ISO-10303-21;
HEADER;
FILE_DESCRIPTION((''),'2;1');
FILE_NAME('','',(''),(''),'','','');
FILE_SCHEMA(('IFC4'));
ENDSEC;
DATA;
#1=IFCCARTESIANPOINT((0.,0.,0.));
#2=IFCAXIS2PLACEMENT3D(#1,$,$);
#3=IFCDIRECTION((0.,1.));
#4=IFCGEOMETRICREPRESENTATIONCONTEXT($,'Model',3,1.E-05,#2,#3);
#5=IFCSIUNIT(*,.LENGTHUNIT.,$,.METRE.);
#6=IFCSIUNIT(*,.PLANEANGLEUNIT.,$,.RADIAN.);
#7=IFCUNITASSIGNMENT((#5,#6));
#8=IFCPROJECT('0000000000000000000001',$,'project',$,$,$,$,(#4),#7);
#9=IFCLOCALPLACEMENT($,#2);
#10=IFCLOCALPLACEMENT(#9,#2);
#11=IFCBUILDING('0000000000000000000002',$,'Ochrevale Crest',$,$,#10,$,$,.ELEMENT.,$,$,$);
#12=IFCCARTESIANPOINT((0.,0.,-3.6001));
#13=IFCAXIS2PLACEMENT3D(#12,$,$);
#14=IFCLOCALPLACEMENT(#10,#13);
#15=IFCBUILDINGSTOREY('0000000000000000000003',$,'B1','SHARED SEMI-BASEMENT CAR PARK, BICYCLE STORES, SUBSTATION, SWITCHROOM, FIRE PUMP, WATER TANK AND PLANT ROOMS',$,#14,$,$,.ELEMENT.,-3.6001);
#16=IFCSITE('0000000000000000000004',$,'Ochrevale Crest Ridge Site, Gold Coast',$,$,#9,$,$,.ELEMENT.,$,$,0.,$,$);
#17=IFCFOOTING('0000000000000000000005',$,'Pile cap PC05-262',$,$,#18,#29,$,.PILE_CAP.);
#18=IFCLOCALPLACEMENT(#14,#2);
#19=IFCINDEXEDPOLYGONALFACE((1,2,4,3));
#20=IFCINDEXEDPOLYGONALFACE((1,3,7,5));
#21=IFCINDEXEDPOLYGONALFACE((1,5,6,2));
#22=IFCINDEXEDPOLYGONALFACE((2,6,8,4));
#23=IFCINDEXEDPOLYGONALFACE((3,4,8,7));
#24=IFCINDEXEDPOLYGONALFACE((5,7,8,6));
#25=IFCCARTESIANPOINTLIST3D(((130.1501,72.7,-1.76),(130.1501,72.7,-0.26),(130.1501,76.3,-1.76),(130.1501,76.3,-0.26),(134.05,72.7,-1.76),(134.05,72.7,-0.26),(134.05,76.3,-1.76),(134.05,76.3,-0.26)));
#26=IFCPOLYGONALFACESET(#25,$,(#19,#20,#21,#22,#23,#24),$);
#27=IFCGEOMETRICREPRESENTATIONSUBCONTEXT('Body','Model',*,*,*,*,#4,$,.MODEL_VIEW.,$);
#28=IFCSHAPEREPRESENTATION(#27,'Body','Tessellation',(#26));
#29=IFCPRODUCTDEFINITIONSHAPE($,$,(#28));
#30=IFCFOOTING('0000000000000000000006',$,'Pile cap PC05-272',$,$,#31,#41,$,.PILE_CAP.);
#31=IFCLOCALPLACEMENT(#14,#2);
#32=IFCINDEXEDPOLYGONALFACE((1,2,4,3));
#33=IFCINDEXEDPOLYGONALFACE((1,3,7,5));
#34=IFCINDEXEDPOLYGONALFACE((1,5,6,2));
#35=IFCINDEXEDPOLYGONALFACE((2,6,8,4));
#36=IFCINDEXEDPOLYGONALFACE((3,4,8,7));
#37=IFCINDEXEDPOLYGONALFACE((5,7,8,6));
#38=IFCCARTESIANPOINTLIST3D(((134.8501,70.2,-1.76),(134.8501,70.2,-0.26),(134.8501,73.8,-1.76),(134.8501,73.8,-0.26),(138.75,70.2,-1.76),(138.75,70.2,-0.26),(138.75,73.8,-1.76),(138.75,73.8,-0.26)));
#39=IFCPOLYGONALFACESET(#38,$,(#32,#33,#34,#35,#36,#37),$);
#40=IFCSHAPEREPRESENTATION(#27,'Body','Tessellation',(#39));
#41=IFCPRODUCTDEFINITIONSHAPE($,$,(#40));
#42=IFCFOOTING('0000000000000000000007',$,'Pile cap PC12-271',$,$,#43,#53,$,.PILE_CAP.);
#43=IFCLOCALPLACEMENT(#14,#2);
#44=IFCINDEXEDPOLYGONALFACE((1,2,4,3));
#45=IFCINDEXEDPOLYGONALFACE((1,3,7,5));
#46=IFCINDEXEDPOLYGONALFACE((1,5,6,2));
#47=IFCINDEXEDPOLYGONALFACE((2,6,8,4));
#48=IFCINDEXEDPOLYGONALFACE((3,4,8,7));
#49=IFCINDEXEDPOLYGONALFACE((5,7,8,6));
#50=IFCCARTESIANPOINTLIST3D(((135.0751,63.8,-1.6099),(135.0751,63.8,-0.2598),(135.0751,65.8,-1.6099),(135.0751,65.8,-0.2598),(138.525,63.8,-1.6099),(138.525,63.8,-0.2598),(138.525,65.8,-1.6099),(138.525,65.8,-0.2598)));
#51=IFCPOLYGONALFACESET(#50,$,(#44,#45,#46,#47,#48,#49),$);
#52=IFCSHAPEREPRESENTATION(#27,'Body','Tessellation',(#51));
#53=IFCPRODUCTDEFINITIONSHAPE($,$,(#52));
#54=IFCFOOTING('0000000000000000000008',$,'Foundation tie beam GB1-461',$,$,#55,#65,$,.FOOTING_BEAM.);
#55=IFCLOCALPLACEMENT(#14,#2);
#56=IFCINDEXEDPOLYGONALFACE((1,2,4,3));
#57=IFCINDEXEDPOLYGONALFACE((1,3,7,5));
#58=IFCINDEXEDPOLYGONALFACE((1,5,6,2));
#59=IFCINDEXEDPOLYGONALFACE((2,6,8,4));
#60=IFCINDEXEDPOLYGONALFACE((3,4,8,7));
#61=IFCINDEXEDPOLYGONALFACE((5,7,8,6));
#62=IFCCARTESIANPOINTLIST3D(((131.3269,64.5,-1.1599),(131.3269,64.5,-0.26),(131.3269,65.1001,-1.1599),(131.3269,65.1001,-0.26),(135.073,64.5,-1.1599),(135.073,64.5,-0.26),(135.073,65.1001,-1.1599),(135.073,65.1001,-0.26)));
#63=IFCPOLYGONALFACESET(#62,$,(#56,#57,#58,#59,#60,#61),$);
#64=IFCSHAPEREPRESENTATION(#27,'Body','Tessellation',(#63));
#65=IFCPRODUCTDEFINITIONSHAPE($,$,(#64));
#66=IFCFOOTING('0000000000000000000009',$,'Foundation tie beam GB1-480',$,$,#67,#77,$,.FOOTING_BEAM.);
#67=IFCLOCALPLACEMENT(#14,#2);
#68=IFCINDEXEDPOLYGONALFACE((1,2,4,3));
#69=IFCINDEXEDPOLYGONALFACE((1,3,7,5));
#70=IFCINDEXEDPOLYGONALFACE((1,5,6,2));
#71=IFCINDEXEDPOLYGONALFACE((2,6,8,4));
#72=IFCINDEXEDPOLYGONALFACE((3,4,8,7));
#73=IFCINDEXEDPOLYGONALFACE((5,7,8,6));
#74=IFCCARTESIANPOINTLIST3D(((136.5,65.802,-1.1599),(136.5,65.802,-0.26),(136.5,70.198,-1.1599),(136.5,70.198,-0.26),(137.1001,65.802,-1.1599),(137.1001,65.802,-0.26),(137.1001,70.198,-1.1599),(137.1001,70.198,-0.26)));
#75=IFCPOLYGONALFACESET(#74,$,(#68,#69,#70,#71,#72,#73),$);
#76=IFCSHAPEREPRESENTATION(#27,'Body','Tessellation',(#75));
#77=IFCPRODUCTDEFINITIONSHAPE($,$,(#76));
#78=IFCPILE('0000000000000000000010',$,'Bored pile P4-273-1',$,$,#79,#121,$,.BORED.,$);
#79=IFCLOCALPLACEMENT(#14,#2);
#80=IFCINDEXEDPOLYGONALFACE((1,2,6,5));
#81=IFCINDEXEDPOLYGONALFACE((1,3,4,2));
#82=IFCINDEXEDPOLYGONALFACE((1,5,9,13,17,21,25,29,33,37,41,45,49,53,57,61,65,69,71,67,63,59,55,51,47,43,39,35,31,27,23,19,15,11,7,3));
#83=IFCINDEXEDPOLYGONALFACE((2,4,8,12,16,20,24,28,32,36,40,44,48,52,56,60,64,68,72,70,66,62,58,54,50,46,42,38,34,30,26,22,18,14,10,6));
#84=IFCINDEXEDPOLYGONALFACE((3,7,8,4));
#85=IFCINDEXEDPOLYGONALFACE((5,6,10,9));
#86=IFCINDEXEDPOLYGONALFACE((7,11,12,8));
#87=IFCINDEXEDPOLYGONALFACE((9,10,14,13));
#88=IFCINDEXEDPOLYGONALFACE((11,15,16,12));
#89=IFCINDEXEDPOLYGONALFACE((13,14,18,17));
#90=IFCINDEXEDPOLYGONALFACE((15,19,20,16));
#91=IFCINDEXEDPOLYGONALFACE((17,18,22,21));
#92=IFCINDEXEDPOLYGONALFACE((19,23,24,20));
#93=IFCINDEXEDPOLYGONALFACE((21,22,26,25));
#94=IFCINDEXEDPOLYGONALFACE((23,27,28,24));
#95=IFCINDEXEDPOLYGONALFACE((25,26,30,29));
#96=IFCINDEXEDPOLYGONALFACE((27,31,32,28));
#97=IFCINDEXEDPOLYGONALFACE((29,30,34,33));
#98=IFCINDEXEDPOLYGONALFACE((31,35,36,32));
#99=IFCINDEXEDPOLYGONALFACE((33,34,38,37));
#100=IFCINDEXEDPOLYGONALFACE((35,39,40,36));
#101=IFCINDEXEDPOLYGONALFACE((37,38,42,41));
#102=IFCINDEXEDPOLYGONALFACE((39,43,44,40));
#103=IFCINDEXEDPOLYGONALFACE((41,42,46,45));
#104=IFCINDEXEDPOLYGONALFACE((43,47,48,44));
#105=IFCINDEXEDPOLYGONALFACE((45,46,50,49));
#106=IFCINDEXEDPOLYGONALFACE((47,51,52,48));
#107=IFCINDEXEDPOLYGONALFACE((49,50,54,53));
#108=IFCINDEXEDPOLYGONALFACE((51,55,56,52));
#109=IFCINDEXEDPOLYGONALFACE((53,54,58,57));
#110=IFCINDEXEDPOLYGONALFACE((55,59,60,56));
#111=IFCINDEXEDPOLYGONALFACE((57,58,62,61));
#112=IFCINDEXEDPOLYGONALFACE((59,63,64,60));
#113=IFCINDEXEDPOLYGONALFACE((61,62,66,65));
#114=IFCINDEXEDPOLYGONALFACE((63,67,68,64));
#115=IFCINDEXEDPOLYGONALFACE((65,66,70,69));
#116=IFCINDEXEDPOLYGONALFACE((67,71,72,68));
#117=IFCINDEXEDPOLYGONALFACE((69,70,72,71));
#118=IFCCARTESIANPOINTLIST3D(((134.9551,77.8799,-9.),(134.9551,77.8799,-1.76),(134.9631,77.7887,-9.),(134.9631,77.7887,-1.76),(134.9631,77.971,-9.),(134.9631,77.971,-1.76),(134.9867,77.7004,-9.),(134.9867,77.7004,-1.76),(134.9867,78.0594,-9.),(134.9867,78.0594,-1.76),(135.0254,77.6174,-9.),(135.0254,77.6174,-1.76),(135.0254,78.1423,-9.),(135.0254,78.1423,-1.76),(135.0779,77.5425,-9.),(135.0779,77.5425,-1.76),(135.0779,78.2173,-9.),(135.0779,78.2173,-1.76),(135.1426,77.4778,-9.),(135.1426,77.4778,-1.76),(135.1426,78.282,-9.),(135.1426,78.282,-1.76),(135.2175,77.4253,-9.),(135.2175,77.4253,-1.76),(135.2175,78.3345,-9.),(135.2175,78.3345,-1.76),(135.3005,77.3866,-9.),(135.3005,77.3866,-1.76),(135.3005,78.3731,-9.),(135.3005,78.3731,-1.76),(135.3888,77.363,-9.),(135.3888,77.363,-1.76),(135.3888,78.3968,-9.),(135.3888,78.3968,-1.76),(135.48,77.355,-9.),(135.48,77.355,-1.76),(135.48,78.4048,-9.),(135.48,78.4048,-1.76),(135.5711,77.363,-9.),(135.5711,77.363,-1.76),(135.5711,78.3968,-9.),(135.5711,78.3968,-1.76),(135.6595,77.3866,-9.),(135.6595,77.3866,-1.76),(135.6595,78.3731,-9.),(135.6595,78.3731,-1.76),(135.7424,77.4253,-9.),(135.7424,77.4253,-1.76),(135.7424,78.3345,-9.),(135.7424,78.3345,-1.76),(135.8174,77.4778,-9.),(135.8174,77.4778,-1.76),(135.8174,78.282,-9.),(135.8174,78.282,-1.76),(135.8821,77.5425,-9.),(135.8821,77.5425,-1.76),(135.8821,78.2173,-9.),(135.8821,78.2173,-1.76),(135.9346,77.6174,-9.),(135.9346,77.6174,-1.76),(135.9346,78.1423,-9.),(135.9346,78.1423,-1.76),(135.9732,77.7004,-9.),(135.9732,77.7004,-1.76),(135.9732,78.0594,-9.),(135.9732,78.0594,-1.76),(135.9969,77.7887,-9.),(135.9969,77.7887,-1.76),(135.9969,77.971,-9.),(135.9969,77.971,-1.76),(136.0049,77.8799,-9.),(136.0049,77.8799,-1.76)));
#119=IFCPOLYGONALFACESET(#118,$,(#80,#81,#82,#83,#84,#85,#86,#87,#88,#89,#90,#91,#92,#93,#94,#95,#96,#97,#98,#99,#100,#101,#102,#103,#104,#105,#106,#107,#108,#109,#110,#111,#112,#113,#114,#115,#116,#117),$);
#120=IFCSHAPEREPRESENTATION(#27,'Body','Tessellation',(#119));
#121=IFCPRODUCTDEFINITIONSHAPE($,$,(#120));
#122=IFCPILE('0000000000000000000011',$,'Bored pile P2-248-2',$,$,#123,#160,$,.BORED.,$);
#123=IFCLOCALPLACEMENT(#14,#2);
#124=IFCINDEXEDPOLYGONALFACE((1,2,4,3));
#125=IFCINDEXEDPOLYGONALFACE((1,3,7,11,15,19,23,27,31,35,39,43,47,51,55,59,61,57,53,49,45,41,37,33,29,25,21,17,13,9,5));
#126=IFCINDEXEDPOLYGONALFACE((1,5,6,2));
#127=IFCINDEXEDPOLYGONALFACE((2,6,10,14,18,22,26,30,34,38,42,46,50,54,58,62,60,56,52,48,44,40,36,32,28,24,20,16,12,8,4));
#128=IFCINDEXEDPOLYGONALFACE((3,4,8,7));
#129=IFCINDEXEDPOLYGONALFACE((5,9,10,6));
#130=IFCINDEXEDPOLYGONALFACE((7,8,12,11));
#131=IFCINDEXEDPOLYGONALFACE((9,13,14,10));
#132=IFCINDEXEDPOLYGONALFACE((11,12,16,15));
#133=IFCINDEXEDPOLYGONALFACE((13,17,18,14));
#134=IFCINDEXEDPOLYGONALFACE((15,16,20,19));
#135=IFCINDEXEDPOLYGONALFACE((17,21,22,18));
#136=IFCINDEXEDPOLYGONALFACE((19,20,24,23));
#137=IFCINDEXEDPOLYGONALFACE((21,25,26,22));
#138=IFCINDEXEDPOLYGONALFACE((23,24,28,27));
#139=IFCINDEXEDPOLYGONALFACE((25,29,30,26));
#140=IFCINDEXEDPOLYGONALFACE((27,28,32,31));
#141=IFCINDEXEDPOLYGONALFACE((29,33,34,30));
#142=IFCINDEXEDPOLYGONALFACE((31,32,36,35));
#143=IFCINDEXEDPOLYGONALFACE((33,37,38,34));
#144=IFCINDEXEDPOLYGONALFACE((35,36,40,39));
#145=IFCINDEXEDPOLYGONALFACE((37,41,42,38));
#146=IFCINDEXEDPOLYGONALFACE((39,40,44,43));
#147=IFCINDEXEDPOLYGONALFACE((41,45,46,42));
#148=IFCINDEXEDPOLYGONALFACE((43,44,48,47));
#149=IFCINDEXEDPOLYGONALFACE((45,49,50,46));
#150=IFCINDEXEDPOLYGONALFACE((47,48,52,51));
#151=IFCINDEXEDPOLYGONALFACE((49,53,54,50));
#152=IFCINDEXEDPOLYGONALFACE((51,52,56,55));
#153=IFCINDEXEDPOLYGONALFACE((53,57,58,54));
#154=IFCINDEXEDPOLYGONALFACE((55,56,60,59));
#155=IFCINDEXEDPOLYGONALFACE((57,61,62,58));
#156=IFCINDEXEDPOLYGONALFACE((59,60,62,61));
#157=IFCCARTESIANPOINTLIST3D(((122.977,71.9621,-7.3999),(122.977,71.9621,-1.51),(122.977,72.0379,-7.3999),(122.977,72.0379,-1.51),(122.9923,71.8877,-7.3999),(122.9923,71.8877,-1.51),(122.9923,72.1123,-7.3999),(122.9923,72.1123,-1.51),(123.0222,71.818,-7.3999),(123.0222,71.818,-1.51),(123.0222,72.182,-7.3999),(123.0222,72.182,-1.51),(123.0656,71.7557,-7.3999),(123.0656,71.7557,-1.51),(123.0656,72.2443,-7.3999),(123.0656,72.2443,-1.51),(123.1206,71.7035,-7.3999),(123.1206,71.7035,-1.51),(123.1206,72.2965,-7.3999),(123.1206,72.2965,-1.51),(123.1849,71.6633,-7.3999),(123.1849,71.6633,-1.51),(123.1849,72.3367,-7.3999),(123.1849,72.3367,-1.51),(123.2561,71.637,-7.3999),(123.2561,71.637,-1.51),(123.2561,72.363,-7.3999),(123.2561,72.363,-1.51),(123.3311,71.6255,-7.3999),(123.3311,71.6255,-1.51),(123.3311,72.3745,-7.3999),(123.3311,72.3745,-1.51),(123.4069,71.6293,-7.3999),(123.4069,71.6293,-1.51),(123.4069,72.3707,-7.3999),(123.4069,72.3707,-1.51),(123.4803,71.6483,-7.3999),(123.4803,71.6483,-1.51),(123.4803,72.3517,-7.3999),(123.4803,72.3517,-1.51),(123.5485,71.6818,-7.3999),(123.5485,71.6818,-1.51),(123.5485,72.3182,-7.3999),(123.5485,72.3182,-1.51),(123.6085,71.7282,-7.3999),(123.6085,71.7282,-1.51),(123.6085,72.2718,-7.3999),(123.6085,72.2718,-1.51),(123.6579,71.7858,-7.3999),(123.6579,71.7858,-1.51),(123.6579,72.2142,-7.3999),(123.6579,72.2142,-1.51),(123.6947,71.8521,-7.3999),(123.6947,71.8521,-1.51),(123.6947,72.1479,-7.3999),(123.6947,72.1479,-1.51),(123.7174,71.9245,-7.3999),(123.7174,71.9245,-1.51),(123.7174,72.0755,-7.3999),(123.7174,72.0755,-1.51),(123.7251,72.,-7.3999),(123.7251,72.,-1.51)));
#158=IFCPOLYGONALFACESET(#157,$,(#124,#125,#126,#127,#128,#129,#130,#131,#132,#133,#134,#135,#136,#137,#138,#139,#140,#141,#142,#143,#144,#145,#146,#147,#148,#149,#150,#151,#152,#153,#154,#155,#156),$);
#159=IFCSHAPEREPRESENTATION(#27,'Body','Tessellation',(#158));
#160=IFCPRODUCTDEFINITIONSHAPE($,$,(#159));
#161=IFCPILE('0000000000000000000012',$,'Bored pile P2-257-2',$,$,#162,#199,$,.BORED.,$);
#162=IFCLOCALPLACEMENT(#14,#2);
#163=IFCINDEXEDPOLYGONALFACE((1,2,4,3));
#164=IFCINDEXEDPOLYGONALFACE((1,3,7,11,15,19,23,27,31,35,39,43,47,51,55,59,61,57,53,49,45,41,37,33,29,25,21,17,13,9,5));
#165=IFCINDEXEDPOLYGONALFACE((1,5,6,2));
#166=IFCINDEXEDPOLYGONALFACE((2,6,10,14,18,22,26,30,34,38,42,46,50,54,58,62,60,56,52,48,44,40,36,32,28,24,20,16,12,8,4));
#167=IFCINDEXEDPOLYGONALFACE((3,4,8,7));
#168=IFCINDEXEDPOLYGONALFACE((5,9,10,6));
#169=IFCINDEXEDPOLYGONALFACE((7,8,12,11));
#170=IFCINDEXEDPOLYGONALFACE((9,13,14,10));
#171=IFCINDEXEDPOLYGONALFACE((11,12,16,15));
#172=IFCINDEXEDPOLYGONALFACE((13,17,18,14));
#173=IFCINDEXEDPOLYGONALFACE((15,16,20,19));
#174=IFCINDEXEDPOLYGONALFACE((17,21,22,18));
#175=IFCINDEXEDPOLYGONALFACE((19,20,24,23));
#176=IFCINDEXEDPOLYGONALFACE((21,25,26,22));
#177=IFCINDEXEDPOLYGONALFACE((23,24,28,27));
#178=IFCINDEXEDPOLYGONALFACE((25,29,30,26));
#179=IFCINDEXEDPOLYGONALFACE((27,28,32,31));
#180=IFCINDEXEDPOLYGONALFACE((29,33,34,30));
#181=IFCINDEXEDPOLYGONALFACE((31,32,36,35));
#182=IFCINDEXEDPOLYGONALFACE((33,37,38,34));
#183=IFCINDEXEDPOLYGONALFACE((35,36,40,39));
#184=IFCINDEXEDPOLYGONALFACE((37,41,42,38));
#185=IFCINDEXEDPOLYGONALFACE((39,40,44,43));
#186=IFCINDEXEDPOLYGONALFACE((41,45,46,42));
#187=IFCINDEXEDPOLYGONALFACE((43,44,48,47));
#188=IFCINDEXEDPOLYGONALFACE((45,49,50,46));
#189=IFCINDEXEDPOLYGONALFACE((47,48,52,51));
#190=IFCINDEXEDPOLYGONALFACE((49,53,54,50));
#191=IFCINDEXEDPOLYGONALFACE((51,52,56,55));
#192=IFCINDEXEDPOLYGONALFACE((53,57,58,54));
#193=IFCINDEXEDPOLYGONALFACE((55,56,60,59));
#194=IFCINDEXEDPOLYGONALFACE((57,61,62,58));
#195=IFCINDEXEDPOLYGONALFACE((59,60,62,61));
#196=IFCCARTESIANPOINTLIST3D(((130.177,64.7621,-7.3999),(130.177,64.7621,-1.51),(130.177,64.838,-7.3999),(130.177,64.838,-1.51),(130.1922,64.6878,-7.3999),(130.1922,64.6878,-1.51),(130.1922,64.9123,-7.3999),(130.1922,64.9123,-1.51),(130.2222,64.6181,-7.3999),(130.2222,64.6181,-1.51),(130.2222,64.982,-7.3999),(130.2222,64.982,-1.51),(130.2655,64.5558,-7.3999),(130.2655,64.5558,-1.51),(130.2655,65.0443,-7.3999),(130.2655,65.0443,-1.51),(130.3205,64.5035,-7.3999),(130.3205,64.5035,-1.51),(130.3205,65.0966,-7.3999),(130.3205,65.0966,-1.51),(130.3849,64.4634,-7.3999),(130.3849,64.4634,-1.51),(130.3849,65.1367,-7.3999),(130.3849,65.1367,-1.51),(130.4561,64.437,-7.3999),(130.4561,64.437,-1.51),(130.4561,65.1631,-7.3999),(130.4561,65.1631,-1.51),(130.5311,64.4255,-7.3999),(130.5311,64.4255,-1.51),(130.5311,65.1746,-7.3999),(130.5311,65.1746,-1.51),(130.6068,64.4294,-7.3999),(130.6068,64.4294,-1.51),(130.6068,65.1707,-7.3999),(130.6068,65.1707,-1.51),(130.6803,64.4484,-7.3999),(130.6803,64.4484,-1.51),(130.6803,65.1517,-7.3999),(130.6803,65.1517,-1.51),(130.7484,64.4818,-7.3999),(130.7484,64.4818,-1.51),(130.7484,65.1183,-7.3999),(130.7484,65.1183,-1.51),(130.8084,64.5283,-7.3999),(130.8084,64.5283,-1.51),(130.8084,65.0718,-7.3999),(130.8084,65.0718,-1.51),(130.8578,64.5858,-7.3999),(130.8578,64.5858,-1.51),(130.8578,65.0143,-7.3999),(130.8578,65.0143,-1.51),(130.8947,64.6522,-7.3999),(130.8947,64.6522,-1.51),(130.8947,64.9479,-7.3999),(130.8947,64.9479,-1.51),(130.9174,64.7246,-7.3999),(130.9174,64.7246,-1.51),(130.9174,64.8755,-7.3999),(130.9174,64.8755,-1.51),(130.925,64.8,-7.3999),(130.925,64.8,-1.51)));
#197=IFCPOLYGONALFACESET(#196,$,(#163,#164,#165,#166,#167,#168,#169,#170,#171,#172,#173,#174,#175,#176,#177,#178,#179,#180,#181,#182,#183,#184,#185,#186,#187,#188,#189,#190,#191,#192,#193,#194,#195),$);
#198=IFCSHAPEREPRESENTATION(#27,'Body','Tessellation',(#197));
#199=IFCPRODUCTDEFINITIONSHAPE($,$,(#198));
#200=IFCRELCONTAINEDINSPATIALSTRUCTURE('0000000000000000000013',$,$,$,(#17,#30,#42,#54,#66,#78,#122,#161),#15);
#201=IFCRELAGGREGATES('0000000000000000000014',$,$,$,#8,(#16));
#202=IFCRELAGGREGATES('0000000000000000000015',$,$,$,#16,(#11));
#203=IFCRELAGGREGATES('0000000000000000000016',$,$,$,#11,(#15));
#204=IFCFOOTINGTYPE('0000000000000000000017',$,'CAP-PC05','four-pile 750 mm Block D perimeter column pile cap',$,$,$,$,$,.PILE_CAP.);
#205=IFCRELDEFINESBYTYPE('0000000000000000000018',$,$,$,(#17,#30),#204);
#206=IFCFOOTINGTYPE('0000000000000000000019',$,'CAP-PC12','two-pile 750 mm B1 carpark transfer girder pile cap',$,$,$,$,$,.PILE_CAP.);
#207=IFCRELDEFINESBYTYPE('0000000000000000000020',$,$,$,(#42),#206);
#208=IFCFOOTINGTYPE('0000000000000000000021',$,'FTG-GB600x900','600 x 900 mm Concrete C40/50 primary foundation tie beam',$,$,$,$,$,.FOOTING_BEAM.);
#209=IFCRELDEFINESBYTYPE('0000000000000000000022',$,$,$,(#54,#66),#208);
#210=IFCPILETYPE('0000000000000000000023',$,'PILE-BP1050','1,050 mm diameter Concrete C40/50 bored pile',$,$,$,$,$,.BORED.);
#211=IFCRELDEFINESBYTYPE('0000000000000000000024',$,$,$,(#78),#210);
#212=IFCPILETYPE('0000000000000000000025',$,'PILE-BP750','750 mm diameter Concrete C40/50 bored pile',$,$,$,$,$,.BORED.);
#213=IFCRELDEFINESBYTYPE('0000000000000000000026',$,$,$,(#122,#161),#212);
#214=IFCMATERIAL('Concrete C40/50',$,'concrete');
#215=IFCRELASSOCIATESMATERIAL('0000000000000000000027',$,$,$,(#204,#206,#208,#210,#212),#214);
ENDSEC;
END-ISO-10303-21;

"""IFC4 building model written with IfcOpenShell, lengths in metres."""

from ifc_helpers import new_model, si_unit, direction, frame, origin, origin_2d, place, context, subcontext, project, spatial, rectangle, circle, extrude, material, material_profile, profile_set, type_object, element, save


model = new_model("IFC4")

# Units and contexts
model_context = context("Model", 3, precision=1e-05, world=origin(), true_north=direction((0.0, 1.0)))
body_context = subcontext(model_context, "Body", "Model", "MODEL_VIEW")
ifc_project = project(units=[si_unit("LENGTHUNIT", "METRE"), si_unit("PLANEANGLEUNIT", "RADIAN")], contexts=[model_context])

# Site, building, storey
site_placement = place(None, origin())
site = spatial("IfcSite", under=ifc_project, at=site_placement, Name="Ochrevale Crest Ridge Site, Gold Coast", CompositionType="ELEMENT", RefElevation=0.0)
building_placement = place(site_placement, origin())
building = spatial("IfcBuilding", under=site, at=building_placement, Name="Ochrevale Crest", CompositionType="ELEMENT")
storey_placement = place(building_placement, frame((0.0, 0.0, -3.6001)))
storey = spatial("IfcBuildingStorey", under=building, at=storey_placement, Name="B1", Description="SHARED SEMI-BASEMENT CAR PARK, BICYCLE STORES, SUBSTATION, SWITCHROOM, FIRE PUMP, WATER TANK AND PLANT ROOMS", CompositionType="ELEMENT", Elevation=-3.6001)

# Footings
ifc_material_1 = material(Name="Concrete C40/50", Category="concrete")
footing_type_1 = type_object("IfcFootingType", Name="CAP-PC05", Description="four-pile 750 mm Block D perimeter column pile cap", PredefinedType="PILE_CAP", material=ifc_material_1)
for number, where, z_axis, x_axis, name in (
    (1, (132.1001, 74.5, -1.76), (0.0, 0.0, 1.0), (1.0, 0.0, 0.0), "Pile cap PC05-262"),
    (2, (136.8, 72.0, -1.76), (0.0, 0.0, 1.0), (1.0, 0.0, 0.0), "Pile cap PC05-272"),
):
    element("IfcFooting", number, at=place(storey_placement, frame(where, z_axis=z_axis, x_axis=x_axis)), inside=storey, type_object=footing_type_1, Name=name, PredefinedType="PILE_CAP", context=body_context, shape_type="SweptSolid", body=[
        extrude(rectangle(XDim=3.8999, YDim=3.6001, at=origin_2d()), origin(), (0.0, 0.0, 1.0), 1.5),
    ])
footing_type_2 = type_object("IfcFootingType", Name="CAP-PC12", Description="two-pile 750 mm B1 carpark transfer girder pile cap", PredefinedType="PILE_CAP", material=ifc_material_1)
footing_1_placement = place(storey_placement, frame((136.8, 64.8, -1.6099), z_axis=(0.0, 0.0, 1.0), x_axis=(1.0, 0.0, 0.0)))
element("IfcFooting", 3, at=footing_1_placement, inside=storey, type_object=footing_type_2, Name="Pile cap PC12-271", PredefinedType="PILE_CAP", context=body_context, shape_type="SweptSolid", body=[
    extrude(rectangle(XDim=3.45, YDim=2.0, at=origin_2d()), origin(), (0.0, 0.0, 1.0), 1.3501),
])
ifc_material_profile_1 = material_profile(ifc_material_1, rectangle(XDim=0.6001, YDim=0.8999, at=origin_2d()), Name="GB 600x900")
ifc_profile_set_1 = profile_set([ifc_material_profile_1], Name="Concrete C40/50")
footing_type_3 = type_object("IfcFootingType", Name="FTG-GB600x900", Description="600 x 900 mm Concrete C40/50 primary foundation tie beam", PredefinedType="FOOTING_BEAM", material=ifc_profile_set_1)
footing_2_placement = place(storey_placement, frame((131.3269, 64.8, -0.71), z_axis=(1.0, 0.0, 0.0), x_axis=(0.0, 1.0, 0.0)))
element("IfcFooting", 4, at=footing_2_placement, inside=storey, type_object=footing_type_3, Name="Foundation tie beam GB1-461", PredefinedType="FOOTING_BEAM", context=body_context, shape_type="SweptSolid", body=[
    extrude(rectangle(XDim=0.6001, YDim=0.8999, at=origin_2d()), origin(), (0.0, 0.0, 1.0), 3.7461),
])
footing_3_placement = place(storey_placement, frame((136.8, 65.802, -0.71), z_axis=(0.0, 1.0, 0.0), x_axis=(-1.0, 0.0, 0.0)))
element("IfcFooting", 5, at=footing_3_placement, inside=storey, type_object=footing_type_3, Name="Foundation tie beam GB1-480", PredefinedType="FOOTING_BEAM", context=body_context, shape_type="SweptSolid", body=[
    extrude(rectangle(XDim=0.6001, YDim=0.8999, at=origin_2d()), origin(), (0.0, 0.0, 1.0), 4.396),
])

# Piles
ifc_material_profile_2 = material_profile(ifc_material_1, circle(Radius=0.5249, at=origin_2d()), Name="BORED PILE 1050")
ifc_profile_set_2 = profile_set([ifc_material_profile_2], Name="Concrete C40/50")
pile_type_1 = type_object("IfcPileType", Name="PILE-BP1050", Description="1,050 mm diameter Concrete C40/50 bored pile", PredefinedType="BORED", material=ifc_profile_set_2)
pile_1_placement = place(storey_placement, frame((135.48, 77.8799, -1.76), z_axis=(0.0, 0.0, -1.0), x_axis=(1.0, 0.0, 0.0)))
element("IfcPile", 6, at=pile_1_placement, inside=storey, type_object=pile_type_1, Name="Bored pile P4-273-1", PredefinedType="BORED", context=body_context, shape_type="SweptSolid", body=[
    extrude(circle(Radius=0.5249, at=origin_2d()), origin(), (0.0, 0.0, 1.0), 7.24),
])
ifc_material_profile_3 = material_profile(ifc_material_1, circle(Radius=0.375, at=origin_2d()), Name="BORED PILE 750")
ifc_profile_set_3 = profile_set([ifc_material_profile_3], Name="Concrete C40/50")
pile_type_2 = type_object("IfcPileType", Name="PILE-BP750", Description="750 mm diameter Concrete C40/50 bored pile", PredefinedType="BORED", material=ifc_profile_set_3)
for number, where, z_axis, x_axis, name in (
    (7, (123.3501, 72.0, -1.51), (0.0, 0.0, -1.0), (1.0, 0.0, 0.0), "Bored pile P2-248-2"),
    (8, (130.55, 64.8, -1.51), (0.0, 0.0, -1.0), (1.0, 0.0, 0.0), "Bored pile P2-257-2"),
):
    element("IfcPile", number, at=place(storey_placement, frame(where, z_axis=z_axis, x_axis=x_axis)), inside=storey, type_object=pile_type_2, Name=name, PredefinedType="BORED", context=body_context, shape_type="SweptSolid", body=[
        extrude(circle(Radius=0.375, at=origin_2d()), origin(), (0.0, 0.0, 1.0), 5.8899),
    ])

save(model, "model.ifc")
